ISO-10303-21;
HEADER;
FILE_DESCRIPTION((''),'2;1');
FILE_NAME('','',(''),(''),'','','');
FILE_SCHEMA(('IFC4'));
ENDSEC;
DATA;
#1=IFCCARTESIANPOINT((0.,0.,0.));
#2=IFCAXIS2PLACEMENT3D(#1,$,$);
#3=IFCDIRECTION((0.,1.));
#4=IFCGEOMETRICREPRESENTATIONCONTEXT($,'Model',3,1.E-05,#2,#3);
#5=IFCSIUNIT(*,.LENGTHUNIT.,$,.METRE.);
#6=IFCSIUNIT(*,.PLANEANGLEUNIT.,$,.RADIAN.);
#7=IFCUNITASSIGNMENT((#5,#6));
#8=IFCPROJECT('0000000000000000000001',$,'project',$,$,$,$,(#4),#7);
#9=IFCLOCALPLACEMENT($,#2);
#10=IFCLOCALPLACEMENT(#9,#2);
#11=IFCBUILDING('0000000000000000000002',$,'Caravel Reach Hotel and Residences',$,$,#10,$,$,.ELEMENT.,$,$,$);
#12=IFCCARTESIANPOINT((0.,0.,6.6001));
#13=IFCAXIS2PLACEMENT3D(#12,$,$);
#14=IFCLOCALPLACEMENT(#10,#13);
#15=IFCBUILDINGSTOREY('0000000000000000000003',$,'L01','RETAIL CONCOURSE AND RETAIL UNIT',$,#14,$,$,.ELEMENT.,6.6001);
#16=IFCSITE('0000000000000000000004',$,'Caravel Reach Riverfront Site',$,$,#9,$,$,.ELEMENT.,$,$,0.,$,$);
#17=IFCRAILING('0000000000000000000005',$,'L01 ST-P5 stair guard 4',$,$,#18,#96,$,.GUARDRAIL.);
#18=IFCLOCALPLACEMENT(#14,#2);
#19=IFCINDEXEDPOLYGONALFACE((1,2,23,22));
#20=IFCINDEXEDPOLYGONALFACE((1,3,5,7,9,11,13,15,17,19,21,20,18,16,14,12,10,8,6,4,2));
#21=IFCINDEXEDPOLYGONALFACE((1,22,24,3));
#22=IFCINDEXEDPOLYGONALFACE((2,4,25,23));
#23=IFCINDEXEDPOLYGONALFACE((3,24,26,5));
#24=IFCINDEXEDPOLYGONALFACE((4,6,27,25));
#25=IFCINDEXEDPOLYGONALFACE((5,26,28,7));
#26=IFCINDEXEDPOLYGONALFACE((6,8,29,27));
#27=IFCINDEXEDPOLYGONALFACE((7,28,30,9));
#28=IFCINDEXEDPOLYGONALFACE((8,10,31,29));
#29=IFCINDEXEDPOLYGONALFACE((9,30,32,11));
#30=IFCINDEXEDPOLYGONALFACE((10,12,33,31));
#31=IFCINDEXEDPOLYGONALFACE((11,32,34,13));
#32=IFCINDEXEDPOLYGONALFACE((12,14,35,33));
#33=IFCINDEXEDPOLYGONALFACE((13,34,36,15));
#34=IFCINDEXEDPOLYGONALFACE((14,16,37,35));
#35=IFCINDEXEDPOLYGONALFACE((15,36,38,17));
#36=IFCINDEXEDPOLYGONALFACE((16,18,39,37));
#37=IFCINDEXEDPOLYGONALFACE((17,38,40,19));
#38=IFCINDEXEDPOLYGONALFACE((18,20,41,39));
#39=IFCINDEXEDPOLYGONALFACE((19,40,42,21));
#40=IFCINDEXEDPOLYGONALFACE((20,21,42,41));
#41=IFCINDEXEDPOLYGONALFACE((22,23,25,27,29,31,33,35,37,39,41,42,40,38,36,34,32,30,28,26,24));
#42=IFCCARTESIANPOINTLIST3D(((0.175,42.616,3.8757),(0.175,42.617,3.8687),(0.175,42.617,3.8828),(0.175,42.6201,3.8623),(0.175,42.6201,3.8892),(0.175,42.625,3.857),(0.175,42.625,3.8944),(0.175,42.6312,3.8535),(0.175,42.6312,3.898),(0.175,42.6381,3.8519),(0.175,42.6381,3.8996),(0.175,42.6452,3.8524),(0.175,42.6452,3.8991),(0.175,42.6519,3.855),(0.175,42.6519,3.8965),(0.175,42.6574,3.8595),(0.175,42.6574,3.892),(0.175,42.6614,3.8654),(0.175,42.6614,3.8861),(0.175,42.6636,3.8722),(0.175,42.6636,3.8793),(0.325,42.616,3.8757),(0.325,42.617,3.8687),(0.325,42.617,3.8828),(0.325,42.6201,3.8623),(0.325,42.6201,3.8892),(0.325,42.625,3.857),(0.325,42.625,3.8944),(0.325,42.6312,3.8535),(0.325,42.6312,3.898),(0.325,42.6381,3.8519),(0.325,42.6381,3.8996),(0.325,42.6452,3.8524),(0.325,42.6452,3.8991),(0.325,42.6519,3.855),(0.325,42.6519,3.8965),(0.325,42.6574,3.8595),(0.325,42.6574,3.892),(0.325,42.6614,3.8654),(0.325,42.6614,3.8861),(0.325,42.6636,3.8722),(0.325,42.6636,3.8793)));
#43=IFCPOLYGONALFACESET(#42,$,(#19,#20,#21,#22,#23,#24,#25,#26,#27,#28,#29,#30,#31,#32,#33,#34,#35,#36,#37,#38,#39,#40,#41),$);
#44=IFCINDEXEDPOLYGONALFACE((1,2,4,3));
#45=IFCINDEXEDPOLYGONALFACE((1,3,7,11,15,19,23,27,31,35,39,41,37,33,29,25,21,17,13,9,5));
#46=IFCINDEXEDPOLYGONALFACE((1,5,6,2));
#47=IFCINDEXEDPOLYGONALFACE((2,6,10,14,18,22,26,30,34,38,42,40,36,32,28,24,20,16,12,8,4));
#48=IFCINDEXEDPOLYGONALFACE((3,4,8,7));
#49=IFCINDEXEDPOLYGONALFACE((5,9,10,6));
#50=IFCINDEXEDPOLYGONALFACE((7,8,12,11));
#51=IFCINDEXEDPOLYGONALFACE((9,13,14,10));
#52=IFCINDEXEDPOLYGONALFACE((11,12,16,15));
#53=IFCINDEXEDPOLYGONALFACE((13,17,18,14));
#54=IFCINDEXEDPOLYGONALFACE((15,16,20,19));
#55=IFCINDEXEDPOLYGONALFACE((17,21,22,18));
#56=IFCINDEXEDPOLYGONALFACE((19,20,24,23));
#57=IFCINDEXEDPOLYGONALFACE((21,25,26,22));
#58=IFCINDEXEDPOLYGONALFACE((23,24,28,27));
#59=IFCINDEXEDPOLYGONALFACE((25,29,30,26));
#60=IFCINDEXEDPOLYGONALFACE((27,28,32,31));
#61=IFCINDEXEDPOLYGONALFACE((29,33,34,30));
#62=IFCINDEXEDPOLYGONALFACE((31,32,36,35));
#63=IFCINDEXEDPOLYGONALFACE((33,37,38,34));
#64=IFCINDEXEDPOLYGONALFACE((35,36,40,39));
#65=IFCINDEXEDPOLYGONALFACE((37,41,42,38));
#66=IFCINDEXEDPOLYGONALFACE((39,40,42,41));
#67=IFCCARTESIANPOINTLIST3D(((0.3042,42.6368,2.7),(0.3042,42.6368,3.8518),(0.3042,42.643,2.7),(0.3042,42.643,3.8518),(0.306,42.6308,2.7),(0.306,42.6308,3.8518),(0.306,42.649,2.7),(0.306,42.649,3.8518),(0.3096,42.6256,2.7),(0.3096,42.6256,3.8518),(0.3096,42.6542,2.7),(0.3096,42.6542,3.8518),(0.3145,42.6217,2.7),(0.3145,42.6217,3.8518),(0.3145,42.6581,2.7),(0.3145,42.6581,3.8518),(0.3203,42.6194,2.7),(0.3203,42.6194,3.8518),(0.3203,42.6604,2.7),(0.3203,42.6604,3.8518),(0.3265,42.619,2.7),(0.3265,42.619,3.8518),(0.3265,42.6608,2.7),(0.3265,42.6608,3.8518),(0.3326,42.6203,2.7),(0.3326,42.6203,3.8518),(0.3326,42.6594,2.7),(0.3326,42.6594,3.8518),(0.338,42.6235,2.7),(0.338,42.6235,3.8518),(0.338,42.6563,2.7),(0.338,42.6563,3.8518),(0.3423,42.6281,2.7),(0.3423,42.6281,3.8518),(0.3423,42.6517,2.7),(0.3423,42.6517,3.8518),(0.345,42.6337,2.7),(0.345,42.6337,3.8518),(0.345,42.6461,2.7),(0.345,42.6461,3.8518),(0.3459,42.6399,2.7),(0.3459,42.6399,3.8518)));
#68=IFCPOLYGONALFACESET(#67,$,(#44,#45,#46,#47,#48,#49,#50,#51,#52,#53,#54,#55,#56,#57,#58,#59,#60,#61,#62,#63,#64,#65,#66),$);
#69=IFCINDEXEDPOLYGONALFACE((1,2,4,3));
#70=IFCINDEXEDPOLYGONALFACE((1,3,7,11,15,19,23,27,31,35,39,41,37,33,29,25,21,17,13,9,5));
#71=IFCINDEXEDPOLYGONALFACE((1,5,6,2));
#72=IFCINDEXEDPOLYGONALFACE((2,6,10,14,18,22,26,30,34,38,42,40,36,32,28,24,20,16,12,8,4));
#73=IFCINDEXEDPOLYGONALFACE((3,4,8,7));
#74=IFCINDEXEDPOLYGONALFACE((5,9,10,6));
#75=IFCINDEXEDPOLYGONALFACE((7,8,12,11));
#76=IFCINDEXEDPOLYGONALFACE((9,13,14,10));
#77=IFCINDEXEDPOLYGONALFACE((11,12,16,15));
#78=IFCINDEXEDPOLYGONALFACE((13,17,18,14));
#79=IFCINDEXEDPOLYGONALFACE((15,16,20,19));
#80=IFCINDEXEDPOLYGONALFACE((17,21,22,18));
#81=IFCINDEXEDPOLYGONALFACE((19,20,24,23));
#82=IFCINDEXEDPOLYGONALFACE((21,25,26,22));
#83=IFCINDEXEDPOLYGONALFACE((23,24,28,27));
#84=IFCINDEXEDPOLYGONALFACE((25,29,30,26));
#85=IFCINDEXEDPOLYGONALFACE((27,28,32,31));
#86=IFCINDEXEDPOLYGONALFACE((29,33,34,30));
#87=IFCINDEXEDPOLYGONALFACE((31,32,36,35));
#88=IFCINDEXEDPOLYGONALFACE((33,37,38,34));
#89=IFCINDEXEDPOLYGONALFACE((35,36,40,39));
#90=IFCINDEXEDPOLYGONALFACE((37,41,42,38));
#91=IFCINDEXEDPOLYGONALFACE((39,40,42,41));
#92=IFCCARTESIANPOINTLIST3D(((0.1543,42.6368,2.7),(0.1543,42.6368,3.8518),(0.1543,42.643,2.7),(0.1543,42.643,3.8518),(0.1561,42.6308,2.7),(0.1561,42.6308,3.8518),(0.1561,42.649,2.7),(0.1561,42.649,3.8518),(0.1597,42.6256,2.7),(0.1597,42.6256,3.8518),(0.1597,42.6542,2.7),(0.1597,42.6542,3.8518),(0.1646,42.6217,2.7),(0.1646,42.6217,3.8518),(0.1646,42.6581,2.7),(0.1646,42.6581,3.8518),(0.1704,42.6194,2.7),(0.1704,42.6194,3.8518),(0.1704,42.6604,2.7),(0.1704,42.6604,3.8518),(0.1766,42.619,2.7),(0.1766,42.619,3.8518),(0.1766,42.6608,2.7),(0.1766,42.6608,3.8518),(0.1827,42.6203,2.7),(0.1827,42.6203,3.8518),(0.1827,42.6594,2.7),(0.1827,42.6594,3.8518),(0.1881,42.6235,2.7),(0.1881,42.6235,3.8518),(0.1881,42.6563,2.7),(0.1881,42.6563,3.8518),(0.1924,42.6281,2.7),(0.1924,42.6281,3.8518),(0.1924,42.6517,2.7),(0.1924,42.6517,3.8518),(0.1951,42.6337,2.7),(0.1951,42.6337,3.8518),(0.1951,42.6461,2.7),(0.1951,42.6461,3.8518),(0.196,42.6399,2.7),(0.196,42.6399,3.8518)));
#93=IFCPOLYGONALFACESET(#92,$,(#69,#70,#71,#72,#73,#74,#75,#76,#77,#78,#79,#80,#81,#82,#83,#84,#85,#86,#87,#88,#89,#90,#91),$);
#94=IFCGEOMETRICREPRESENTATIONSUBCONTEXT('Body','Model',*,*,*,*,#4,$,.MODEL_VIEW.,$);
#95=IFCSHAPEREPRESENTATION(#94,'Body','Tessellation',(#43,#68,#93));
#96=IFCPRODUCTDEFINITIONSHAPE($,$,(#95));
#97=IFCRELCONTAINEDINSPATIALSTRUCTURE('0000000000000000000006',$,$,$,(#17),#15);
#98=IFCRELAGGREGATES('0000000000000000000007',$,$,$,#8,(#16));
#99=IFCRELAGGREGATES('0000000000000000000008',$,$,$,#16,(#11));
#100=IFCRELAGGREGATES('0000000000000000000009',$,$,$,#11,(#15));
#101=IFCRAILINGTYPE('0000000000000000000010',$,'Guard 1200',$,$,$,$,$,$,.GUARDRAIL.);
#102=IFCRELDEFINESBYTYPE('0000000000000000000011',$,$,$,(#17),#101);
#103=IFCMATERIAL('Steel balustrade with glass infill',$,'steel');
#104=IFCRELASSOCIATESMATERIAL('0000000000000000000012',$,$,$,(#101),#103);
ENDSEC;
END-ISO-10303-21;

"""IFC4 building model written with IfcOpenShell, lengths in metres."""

from ifc_helpers import new_model, si_unit, direction, frame, origin, origin_2d, place, context, subcontext, project, spatial, circle, extrude, material, type_object, element, save


model = new_model("IFC4")

# Units and contexts
model_context = context("Model", 3, precision=1e-05, world=origin(), true_north=direction((0.0, 1.0)))
body_context = subcontext(model_context, "Body", "Model", "MODEL_VIEW")
ifc_project = project(units=[si_unit("LENGTHUNIT", "METRE"), si_unit("PLANEANGLEUNIT", "RADIAN")], contexts=[model_context])

# Site, building, storey
site_placement = place(None, origin())
site = spatial("IfcSite", under=ifc_project, at=site_placement, Name="Caravel Reach Riverfront Site", CompositionType="ELEMENT", RefElevation=0.0)
building_placement = place(site_placement, origin())
building = spatial("IfcBuilding", under=site, at=building_placement, Name="Caravel Reach Hotel and Residences", CompositionType="ELEMENT")
storey_placement = place(building_placement, frame((0.0, 0.0, 6.6001)))
storey = spatial("IfcBuildingStorey", under=building, at=storey_placement, Name="L01", Description="RETAIL CONCOURSE AND RETAIL UNIT", CompositionType="ELEMENT", Elevation=6.6001)

# Railing
ifc_material_1 = material(Name="Steel balustrade with glass infill", Category="steel")
railing_type_1 = type_object("IfcRailingType", Name="Guard 1200", PredefinedType="GUARDRAIL", material=ifc_material_1)
railing_1_placement = place(storey_placement, frame((0.325, 42.6399, 2.7)))
element("IfcRailing", 1, at=railing_1_placement, inside=storey, type_object=railing_type_1, Name="L01 ST-P5 stair guard 4", PredefinedType="GUARDRAIL", context=body_context, shape_type="SweptSolid", body=[
    extrude(circle(Radius=0.0239, at=origin_2d()), frame((0.0, 0.0, 1.1758), z_axis=(-1.0, 0.0, 0.0), x_axis=(0.0, -1.0, 0.0)), (0.0, 0.0, 1.0), 0.1499),
    extrude(circle(Radius=0.021, at=origin_2d()), origin(), (0.0, 0.0, 1.0), 1.1519),
    extrude(circle(Radius=0.021, at=origin_2d()), frame((-0.1499, 0.0, 0.0)), (0.0, 0.0, 1.0), 1.1519),
])

save(model, "model.ifc")
